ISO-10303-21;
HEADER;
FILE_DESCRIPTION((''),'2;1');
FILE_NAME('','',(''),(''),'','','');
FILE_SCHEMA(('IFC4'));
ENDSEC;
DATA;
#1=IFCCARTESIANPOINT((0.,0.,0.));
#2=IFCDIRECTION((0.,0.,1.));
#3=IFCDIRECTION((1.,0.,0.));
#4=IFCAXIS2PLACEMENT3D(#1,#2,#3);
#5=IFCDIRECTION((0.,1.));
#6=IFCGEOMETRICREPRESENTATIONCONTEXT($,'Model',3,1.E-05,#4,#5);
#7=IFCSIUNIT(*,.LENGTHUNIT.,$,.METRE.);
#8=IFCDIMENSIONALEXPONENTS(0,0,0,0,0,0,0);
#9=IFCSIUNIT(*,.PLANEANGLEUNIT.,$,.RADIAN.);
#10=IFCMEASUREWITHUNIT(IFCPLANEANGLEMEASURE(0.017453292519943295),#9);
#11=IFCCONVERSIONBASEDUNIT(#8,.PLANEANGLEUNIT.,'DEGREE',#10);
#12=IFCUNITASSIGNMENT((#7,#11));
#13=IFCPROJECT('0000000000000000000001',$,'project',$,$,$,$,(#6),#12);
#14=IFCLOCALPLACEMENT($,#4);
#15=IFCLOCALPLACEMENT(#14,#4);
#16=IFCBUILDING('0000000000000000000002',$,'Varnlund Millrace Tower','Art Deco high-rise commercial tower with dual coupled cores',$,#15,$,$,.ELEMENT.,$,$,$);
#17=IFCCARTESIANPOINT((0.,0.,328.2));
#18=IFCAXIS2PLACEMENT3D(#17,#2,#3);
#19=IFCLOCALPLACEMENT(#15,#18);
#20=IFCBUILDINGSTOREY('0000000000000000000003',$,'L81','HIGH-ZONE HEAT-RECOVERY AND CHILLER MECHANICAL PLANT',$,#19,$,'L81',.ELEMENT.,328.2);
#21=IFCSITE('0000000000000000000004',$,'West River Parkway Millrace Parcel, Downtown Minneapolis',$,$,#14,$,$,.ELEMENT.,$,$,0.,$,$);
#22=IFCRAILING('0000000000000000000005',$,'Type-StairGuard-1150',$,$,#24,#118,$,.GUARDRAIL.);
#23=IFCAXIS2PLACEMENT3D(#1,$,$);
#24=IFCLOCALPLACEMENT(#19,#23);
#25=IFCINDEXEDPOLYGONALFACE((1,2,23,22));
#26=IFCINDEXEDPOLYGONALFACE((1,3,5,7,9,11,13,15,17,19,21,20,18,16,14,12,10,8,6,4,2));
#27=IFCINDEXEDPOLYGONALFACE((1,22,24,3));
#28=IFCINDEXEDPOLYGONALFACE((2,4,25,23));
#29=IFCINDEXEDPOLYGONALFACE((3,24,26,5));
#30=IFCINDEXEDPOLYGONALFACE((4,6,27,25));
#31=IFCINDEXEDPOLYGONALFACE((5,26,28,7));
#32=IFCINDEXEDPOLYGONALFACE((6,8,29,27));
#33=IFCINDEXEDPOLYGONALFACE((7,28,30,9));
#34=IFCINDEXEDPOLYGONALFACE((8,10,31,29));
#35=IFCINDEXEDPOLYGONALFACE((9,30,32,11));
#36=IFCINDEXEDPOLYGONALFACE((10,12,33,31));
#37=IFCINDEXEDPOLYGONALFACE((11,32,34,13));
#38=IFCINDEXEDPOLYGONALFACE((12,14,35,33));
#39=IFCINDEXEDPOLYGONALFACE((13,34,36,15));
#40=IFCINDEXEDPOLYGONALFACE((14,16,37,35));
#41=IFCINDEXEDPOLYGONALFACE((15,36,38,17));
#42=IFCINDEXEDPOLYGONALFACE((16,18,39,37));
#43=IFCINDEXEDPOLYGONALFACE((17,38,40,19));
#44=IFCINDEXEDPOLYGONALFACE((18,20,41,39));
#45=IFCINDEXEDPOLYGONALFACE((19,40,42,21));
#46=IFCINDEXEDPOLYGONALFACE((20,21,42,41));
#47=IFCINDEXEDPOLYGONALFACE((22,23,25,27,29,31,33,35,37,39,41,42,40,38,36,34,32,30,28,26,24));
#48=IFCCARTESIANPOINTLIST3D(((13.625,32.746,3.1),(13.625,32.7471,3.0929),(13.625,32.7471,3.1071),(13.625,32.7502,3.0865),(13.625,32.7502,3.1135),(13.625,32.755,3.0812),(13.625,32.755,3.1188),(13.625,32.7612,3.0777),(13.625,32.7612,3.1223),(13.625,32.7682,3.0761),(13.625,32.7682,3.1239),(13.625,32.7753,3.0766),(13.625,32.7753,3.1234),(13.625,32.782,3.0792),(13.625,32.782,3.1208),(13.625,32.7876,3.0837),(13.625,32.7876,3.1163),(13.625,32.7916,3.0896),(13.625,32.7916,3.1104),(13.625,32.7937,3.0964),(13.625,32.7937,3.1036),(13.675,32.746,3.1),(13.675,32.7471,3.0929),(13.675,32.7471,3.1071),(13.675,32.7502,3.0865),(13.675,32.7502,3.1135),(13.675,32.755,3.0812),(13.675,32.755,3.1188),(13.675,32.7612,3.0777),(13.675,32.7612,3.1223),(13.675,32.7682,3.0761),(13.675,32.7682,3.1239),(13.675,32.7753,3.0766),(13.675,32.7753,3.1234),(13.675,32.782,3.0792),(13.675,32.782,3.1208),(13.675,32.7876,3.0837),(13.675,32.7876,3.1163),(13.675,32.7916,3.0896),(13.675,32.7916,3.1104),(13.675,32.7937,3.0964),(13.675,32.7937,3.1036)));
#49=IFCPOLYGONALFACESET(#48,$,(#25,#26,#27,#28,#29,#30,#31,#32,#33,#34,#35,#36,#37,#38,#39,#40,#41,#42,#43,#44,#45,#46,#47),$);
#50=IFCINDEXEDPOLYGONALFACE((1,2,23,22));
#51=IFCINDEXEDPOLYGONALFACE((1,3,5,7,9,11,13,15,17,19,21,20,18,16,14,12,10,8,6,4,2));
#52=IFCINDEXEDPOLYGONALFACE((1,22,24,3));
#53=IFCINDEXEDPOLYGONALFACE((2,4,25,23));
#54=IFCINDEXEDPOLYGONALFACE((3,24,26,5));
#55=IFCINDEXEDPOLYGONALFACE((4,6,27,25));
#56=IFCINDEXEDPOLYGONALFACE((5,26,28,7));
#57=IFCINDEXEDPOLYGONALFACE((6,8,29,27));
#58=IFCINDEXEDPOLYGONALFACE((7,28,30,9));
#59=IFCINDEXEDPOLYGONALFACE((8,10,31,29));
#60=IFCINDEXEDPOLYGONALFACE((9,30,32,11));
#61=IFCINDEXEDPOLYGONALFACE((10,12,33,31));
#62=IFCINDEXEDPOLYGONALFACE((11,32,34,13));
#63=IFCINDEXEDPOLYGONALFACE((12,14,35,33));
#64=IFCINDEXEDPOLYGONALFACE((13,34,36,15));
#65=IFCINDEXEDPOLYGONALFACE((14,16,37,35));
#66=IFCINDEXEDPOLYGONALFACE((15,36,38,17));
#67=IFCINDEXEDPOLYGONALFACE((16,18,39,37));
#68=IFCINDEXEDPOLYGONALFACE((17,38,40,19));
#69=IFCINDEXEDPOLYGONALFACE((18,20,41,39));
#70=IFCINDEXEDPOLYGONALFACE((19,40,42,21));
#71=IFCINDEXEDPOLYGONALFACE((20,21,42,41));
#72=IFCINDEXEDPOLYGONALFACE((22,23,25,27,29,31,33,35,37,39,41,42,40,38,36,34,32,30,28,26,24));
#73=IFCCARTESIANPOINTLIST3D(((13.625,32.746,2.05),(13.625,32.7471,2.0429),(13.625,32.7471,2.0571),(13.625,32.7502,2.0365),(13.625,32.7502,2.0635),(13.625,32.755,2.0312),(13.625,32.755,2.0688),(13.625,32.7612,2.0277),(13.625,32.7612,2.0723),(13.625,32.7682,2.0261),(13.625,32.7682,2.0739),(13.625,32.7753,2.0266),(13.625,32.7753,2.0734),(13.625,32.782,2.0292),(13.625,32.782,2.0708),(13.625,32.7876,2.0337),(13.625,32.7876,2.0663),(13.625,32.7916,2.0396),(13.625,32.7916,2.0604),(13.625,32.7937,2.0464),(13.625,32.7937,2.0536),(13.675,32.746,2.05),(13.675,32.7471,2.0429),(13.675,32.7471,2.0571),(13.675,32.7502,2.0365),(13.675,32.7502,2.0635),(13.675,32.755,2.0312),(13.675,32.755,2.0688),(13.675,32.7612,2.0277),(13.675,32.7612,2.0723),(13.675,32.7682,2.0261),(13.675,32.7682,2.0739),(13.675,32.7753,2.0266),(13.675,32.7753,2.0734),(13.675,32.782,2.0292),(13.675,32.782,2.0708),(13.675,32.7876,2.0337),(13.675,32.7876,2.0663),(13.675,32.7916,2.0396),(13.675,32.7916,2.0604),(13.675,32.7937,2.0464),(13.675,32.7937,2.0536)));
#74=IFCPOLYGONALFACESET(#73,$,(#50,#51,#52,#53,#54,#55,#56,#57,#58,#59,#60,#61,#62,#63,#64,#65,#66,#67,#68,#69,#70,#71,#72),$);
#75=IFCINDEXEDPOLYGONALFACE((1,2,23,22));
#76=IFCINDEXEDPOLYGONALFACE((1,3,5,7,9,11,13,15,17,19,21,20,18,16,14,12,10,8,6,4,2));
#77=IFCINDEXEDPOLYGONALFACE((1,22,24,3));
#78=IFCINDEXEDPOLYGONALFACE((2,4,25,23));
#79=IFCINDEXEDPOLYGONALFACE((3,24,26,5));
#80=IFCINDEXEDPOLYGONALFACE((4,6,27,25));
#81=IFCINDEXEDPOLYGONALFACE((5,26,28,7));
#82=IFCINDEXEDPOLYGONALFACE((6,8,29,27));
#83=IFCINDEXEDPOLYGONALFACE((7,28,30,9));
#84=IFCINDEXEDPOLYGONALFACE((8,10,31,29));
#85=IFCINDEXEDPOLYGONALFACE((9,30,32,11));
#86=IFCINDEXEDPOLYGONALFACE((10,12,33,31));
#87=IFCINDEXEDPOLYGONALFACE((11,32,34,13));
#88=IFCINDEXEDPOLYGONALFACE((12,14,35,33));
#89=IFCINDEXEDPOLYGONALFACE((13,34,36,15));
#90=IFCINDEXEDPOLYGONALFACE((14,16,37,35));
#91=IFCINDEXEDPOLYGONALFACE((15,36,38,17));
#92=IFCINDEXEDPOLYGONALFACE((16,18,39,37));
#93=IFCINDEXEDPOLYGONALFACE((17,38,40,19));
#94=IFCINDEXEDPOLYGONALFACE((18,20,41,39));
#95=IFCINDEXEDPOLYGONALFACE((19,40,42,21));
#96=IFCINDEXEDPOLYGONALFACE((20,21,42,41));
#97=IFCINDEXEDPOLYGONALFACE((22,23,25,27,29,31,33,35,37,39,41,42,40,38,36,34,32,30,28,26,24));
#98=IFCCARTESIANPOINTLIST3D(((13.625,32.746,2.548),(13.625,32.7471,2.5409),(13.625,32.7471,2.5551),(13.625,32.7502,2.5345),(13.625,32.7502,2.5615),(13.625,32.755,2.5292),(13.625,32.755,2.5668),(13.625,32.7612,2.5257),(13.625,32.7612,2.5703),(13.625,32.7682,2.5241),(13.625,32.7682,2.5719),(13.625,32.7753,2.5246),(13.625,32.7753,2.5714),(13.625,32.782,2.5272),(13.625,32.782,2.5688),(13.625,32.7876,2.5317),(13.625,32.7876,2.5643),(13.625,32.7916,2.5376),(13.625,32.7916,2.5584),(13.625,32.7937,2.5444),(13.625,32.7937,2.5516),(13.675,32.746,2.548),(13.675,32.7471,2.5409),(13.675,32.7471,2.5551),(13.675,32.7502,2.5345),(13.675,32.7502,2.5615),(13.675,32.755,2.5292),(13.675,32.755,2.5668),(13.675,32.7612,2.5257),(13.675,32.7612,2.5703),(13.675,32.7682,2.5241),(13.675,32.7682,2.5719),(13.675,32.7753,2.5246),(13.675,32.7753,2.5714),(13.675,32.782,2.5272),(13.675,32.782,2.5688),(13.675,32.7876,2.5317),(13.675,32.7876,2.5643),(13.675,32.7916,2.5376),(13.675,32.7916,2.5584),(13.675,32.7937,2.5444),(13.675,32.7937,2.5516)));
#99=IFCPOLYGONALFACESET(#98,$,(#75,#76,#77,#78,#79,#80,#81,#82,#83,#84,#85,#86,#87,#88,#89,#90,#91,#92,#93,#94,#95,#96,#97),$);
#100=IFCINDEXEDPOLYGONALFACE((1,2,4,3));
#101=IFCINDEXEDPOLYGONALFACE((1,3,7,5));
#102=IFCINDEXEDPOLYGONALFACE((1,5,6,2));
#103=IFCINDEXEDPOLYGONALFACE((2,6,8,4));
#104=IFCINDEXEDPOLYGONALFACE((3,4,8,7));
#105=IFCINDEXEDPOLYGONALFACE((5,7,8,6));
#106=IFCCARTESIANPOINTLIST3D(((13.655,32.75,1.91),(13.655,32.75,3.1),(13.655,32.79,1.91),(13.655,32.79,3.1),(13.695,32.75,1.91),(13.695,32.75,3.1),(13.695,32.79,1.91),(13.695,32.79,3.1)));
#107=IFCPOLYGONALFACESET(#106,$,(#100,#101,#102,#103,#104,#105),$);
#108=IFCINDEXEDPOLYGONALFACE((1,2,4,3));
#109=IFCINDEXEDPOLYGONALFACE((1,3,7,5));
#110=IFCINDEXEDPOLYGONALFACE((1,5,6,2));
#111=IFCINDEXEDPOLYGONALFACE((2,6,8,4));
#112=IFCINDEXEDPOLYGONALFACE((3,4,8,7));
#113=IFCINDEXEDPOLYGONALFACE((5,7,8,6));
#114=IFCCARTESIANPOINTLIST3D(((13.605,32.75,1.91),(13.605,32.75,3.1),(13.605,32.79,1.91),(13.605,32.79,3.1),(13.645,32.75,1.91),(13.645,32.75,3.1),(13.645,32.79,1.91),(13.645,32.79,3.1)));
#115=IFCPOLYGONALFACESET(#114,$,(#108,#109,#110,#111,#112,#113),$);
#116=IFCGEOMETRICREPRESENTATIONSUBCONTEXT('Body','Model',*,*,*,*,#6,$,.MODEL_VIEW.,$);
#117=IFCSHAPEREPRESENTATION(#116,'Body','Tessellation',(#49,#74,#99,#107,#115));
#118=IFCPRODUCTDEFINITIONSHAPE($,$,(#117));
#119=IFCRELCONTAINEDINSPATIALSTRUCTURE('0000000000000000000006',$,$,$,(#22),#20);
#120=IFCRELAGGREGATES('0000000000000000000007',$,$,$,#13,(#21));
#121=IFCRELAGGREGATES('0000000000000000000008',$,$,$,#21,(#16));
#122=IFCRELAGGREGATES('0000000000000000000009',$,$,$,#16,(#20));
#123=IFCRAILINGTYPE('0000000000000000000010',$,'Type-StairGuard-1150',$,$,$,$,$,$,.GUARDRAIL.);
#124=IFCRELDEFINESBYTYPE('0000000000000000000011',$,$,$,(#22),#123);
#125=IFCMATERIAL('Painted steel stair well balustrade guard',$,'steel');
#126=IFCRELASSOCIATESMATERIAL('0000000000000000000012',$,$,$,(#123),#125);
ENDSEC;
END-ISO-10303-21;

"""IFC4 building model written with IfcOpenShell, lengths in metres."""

from ifc_helpers import new_model, entity, si_unit, converted_unit, direction, frame, origin_with_axes, origin_2d_with_axis, place, context, subcontext, project, spatial, rectangle, circle, extrude, material, type_object, element, save


model = new_model("IFC4")

# Units and contexts
model_context = context("Model", 3, precision=1e-05, world=origin_with_axes(), true_north=direction((0.0, 1.0)))
body_context = subcontext(model_context, "Body", "Model", "MODEL_VIEW")
ifc_project = project(units=[si_unit("LENGTHUNIT", "METRE"), converted_unit("PLANEANGLEUNIT", "DEGREE", entity("IfcPlaneAngleMeasure", 0.017453292519943295), si_unit("PLANEANGLEUNIT", "RADIAN"), dimensions=[0, 0, 0, 0, 0, 0, 0])], contexts=[model_context])

# Site, building, storey
site_placement = place(None, origin_with_axes())
site = spatial("IfcSite", under=ifc_project, at=site_placement, Name="West River Parkway Millrace Parcel, Downtown Minneapolis", CompositionType="ELEMENT", RefElevation=0.0)
building_placement = place(site_placement, origin_with_axes())
building = spatial("IfcBuilding", under=site, at=building_placement, Name="Varnlund Millrace Tower", Description="Art Deco high-rise commercial tower with dual coupled cores", CompositionType="ELEMENT")
storey_placement = place(building_placement, frame((0.0, 0.0, 328.2), z_axis=(0.0, 0.0, 1.0), x_axis=(1.0, 0.0, 0.0)))
storey = spatial("IfcBuildingStorey", under=building, at=storey_placement, Name="L81", Description="HIGH-ZONE HEAT-RECOVERY AND CHILLER MECHANICAL PLANT", LongName="L81", CompositionType="ELEMENT", Elevation=328.2)

# Railing
ifc_material_1 = material(Name="Painted steel stair well balustrade guard", Category="steel")
railing_type_1 = type_object("IfcRailingType", Name="Type-StairGuard-1150", PredefinedType="GUARDRAIL", material=ifc_material_1)
railing_1_placement = place(storey_placement, frame((0.0, 0.0, -328.2), z_axis=(0.0, 0.0, 1.0), x_axis=(1.0, 0.0, 0.0)))
element("IfcRailing", 1, at=railing_1_placement, inside=storey, type_object=railing_type_1, Name="Type-StairGuard-1150", PredefinedType="GUARDRAIL", context=body_context, shape_type="SweptSolid", body=[
    extrude(circle(Radius=0.024, at=origin_2d_with_axis()), frame((13.675, 32.77, 331.3), z_axis=(-1.0, 0.0, 0.0), x_axis=(0.0, -1.0, 0.0)), (0.0, 0.0, 1.0), 0.05),
    extrude(circle(Radius=0.024, at=origin_2d_with_axis()), frame((13.675, 32.77, 330.25), z_axis=(-1.0, 0.0, 0.0), x_axis=(0.0, -1.0, 0.0)), (0.0, 0.0, 1.0), 0.05),
    extrude(circle(Radius=0.024, at=origin_2d_with_axis()), frame((13.675, 32.77, 330.748), z_axis=(-1.0, 0.0, 0.0), x_axis=(0.0, -1.0, 0.0)), (0.0, 0.0, 1.0), 0.05),
    extrude(rectangle(XDim=0.04, YDim=0.04, at=origin_2d_with_axis()), frame((13.675, 32.77, 330.11), z_axis=(0.0, 0.0, 1.0), x_axis=(1.0, 0.0, 0.0)), (0.0, 0.0, 1.0), 1.19),
    extrude(rectangle(XDim=0.04, YDim=0.04, at=origin_2d_with_axis()), frame((13.625, 32.77, 330.11), z_axis=(0.0, 0.0, 1.0), x_axis=(1.0, 0.0, 0.0)), (0.0, 0.0, 1.0), 1.19),
])

save(model, "model.ifc")
